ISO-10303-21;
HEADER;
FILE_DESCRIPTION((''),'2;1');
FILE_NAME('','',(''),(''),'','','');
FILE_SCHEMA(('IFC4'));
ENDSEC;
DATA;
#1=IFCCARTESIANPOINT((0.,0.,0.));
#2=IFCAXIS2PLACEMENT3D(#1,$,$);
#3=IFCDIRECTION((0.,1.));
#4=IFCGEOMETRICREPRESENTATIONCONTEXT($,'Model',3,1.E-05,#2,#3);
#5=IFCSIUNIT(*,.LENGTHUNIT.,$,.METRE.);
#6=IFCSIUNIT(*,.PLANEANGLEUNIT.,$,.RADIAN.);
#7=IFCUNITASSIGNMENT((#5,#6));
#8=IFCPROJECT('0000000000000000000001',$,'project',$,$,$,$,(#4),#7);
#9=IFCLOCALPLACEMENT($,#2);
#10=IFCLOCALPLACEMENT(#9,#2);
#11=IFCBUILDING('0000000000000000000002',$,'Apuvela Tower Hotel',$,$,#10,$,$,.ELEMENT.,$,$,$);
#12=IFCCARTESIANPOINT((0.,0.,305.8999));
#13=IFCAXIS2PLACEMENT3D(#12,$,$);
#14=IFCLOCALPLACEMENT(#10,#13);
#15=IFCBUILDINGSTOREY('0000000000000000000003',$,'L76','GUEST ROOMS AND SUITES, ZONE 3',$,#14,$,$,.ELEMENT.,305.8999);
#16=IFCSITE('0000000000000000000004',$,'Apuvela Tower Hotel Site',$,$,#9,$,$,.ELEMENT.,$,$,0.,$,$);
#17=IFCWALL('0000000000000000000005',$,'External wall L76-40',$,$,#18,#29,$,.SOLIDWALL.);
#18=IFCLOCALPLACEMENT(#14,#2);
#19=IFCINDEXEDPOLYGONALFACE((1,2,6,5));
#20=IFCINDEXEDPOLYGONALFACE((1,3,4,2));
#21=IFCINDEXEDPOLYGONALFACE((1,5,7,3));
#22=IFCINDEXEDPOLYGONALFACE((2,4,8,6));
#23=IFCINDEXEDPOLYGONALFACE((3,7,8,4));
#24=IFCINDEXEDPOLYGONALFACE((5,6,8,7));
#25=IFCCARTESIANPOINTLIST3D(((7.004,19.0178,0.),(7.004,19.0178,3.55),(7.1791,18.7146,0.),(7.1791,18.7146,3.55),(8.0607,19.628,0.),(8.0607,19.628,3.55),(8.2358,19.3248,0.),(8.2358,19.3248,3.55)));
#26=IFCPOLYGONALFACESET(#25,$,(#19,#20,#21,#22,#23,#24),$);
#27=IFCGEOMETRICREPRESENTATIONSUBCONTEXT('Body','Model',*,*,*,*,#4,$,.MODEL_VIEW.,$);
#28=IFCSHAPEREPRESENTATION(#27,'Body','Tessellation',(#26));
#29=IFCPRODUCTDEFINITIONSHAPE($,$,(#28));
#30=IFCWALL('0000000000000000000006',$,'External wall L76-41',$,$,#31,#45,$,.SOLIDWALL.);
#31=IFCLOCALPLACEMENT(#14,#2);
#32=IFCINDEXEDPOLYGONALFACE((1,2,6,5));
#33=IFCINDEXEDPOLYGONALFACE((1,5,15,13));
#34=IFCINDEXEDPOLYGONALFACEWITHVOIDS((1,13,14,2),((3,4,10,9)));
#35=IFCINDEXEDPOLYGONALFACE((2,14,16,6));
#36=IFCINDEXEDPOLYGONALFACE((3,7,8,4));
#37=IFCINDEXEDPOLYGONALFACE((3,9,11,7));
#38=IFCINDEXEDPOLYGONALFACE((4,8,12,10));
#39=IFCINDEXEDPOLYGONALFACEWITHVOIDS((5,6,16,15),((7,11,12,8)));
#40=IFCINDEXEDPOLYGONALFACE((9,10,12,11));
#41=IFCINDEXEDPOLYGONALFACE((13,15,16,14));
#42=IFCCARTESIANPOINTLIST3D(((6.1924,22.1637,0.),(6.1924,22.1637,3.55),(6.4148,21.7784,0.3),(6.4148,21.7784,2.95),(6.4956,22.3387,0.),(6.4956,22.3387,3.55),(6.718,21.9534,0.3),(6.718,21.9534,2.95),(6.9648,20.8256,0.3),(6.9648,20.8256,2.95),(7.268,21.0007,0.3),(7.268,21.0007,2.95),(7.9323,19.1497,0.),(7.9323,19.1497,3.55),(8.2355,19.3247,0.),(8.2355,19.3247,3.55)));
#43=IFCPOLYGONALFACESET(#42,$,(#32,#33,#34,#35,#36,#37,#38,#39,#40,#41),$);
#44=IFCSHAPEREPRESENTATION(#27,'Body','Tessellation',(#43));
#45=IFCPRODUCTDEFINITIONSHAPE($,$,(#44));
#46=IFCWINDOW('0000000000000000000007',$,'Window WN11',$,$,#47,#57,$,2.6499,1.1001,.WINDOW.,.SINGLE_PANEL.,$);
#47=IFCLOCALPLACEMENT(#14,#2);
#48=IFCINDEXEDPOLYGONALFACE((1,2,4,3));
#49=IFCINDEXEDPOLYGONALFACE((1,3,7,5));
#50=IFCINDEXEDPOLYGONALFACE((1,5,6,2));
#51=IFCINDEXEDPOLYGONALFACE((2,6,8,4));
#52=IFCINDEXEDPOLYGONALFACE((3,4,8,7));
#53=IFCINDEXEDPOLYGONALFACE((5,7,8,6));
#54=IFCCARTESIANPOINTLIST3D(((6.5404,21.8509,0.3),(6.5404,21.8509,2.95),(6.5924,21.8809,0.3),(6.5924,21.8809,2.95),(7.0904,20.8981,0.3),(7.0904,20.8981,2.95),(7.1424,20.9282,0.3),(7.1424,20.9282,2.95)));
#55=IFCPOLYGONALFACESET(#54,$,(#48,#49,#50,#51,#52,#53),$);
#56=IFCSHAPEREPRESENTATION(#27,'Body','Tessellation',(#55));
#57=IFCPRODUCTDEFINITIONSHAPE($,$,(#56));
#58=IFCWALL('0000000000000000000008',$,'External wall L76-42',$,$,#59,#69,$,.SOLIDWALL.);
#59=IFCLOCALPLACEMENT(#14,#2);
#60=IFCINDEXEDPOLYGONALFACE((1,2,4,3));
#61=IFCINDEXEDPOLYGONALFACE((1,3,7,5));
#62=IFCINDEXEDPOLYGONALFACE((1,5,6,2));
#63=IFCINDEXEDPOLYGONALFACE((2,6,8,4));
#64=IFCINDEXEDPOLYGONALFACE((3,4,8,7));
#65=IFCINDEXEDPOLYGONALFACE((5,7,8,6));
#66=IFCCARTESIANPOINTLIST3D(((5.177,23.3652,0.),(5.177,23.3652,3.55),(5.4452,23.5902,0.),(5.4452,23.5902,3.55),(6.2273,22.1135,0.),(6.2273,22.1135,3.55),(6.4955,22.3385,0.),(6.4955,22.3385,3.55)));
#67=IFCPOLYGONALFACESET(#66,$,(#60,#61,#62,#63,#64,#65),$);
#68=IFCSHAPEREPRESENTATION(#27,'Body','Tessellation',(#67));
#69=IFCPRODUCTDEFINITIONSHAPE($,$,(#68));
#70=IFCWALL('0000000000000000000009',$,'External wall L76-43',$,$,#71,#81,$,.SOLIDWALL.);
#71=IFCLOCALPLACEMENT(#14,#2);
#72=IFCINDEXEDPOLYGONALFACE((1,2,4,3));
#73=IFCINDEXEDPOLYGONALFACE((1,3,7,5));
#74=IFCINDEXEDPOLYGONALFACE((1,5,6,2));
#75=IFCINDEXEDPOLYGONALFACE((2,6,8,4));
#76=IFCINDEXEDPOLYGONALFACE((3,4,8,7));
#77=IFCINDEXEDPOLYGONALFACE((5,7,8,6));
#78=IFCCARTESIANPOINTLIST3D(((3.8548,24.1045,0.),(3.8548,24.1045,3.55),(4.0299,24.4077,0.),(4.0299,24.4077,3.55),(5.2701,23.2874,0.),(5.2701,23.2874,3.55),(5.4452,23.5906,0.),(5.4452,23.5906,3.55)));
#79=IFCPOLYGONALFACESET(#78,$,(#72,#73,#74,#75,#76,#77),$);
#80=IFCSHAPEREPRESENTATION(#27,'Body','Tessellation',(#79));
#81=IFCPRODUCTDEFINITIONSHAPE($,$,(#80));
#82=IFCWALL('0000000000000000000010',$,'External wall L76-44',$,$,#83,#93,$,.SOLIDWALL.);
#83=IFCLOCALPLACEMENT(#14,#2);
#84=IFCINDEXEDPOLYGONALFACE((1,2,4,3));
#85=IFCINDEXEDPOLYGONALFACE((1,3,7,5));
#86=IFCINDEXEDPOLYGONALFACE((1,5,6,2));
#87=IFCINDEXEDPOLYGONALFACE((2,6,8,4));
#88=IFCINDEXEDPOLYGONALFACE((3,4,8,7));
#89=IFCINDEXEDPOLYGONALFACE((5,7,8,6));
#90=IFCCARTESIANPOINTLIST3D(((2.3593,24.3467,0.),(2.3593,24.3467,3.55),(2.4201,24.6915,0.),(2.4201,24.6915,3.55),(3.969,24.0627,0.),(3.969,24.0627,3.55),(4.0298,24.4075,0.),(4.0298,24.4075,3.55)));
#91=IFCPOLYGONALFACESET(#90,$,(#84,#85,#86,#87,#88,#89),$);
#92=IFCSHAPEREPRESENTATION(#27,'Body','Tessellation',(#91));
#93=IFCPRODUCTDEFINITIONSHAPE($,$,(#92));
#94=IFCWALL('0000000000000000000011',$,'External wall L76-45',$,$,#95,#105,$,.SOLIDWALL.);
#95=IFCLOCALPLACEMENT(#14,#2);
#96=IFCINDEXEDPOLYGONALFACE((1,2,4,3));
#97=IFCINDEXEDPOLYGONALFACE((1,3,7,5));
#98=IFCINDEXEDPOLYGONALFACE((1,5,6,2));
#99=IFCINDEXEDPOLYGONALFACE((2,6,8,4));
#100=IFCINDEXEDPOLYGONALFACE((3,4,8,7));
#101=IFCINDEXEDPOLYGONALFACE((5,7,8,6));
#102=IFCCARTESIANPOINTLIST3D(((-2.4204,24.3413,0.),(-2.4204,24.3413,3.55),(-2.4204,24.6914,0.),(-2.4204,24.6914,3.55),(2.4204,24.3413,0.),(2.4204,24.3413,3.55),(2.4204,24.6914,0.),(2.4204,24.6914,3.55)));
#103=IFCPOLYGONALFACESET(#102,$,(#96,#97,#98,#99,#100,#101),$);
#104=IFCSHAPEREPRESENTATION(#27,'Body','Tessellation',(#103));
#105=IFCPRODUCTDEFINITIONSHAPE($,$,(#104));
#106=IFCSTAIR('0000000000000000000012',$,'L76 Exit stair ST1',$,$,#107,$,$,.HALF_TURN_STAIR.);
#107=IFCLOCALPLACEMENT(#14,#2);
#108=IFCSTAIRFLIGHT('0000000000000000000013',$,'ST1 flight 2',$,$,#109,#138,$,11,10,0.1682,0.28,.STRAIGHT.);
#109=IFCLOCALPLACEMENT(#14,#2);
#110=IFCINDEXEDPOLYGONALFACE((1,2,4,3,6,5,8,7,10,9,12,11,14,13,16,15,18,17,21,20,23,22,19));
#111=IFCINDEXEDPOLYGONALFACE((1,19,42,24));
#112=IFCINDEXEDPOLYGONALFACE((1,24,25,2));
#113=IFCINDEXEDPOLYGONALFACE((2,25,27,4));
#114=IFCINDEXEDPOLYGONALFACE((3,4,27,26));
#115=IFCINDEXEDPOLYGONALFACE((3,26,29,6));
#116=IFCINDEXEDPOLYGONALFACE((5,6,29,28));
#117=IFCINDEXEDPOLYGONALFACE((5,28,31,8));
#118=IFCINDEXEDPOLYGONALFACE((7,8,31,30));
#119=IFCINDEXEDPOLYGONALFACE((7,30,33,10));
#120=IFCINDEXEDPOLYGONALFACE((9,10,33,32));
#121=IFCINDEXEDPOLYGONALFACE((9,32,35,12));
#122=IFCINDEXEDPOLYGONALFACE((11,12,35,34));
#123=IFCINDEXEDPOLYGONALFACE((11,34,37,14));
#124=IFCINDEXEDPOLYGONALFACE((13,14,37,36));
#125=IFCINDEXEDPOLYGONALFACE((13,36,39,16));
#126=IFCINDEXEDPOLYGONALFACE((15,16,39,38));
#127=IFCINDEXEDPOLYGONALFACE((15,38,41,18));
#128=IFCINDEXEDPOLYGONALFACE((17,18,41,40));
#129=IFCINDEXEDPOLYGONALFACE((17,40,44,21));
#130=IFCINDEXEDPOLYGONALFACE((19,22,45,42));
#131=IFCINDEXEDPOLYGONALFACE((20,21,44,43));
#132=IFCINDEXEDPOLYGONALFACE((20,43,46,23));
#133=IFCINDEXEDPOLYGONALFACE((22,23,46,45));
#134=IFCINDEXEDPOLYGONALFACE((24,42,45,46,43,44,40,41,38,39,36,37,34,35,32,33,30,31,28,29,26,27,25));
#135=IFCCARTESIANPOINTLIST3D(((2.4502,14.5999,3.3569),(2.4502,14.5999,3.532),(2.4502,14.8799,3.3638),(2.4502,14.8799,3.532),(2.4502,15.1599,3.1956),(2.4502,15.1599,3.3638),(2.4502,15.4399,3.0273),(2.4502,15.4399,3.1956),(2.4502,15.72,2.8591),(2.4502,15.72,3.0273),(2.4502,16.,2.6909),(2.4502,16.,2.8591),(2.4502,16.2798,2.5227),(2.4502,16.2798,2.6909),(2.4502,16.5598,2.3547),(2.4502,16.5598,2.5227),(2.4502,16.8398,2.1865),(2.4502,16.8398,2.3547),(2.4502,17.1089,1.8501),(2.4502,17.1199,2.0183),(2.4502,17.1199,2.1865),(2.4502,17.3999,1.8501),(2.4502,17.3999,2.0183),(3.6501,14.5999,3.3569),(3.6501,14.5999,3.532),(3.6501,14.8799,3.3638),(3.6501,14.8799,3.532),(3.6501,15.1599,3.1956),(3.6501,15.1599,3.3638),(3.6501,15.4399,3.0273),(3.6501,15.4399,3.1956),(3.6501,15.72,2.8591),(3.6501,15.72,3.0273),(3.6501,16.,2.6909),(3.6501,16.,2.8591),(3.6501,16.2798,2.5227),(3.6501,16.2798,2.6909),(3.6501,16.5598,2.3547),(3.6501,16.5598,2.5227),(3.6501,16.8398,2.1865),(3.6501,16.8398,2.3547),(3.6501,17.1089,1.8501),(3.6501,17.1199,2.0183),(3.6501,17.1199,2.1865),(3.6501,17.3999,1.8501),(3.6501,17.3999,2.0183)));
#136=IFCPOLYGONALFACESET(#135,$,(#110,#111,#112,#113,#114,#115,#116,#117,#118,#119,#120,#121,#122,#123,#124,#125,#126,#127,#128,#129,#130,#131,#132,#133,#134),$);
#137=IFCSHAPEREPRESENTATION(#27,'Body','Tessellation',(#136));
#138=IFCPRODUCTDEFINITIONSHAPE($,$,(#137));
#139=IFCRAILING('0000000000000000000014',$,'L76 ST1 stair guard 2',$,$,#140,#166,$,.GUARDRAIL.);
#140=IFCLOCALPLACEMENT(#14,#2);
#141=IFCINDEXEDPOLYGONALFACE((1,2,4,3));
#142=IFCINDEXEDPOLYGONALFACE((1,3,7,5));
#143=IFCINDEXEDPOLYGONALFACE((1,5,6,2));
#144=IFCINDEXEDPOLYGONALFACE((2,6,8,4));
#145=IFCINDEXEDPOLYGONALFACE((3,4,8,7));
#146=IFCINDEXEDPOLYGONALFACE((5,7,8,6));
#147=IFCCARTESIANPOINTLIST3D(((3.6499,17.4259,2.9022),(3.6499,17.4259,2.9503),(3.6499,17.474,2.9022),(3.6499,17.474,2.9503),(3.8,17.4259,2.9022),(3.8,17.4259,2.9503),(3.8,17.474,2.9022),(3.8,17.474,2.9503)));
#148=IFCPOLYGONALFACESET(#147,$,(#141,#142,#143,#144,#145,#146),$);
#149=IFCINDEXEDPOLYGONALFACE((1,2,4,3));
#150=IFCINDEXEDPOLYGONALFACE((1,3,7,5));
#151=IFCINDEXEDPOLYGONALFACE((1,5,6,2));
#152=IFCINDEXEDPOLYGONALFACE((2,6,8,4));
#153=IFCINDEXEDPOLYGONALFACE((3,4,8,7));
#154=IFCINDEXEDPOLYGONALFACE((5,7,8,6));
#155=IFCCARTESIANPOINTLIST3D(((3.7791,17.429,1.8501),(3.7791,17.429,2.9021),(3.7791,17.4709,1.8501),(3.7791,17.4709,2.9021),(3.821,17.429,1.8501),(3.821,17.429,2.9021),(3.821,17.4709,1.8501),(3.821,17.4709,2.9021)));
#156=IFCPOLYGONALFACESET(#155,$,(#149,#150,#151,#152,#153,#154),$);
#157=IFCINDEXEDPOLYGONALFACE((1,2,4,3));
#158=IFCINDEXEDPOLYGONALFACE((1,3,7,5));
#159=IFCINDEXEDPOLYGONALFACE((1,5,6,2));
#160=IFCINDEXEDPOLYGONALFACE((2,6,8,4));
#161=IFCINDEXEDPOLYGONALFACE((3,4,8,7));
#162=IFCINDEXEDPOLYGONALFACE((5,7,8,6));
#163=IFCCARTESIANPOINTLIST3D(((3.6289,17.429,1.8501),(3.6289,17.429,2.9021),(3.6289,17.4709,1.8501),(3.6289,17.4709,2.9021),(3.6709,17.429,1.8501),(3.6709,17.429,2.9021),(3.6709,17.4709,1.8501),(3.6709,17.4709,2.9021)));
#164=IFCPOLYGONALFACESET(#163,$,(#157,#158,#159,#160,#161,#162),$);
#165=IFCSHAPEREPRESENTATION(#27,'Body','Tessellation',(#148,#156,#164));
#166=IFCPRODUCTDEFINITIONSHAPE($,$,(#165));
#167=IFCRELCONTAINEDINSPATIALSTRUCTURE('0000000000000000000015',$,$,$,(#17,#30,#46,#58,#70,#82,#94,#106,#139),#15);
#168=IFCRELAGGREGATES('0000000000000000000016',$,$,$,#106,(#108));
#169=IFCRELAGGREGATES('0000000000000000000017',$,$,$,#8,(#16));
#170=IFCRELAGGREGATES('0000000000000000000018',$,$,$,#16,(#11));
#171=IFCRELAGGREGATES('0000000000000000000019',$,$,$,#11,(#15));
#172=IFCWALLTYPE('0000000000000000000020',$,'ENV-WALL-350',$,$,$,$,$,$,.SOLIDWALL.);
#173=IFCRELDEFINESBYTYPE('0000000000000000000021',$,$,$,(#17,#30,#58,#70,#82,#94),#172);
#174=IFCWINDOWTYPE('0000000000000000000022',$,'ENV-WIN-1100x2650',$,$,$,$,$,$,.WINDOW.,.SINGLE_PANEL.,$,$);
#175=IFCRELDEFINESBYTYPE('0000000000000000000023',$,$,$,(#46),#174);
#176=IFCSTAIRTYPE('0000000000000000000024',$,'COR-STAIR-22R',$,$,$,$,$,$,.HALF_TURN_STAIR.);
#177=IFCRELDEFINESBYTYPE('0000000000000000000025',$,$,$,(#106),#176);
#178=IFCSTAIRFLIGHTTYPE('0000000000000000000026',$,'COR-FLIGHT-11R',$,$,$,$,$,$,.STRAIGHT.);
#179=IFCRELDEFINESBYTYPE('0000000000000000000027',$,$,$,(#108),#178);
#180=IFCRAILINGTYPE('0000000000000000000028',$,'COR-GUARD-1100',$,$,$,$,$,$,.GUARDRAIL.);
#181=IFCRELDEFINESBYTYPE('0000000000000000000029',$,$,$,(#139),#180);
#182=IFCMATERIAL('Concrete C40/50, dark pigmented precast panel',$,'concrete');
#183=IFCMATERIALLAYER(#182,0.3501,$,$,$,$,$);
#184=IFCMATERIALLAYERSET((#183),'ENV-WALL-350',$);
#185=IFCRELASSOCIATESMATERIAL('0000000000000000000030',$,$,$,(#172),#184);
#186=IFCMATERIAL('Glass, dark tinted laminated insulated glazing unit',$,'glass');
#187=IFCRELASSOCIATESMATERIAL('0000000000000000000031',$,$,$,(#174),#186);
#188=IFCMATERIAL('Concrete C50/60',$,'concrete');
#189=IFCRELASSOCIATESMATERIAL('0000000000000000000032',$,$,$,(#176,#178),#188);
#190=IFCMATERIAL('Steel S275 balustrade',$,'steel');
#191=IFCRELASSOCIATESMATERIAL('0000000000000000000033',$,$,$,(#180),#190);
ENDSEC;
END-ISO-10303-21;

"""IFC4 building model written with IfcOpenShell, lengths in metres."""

from ifc_helpers import new_model, si_unit, direction, frame, frame_2d, origin, origin_2d, place, context, subcontext, project, spatial, polyline, rectangle, outline, extrude, material, layer, layer_set, type_object, element, fill, aggregate, save


model = new_model("IFC4")

# Units and contexts
model_context = context("Model", 3, precision=1e-05, world=origin(), true_north=direction((0.0, 1.0)))
body_context = subcontext(model_context, "Body", "Model", "MODEL_VIEW")
ifc_project = project(units=[si_unit("LENGTHUNIT", "METRE"), si_unit("PLANEANGLEUNIT", "RADIAN")], contexts=[model_context])

# Site, building, storey
site_placement = place(None, origin())
site = spatial("IfcSite", under=ifc_project, at=site_placement, Name="Apuvela Tower Hotel Site", CompositionType="ELEMENT", RefElevation=0.0)
building_placement = place(site_placement, origin())
building = spatial("IfcBuilding", under=site, at=building_placement, Name="Apuvela Tower Hotel", CompositionType="ELEMENT")
storey_placement = place(building_placement, frame((0.0, 0.0, 305.8999)))
storey = spatial("IfcBuildingStorey", under=building, at=storey_placement, Name="L76", Description="GUEST ROOMS AND SUITES, ZONE 3", CompositionType="ELEMENT", Elevation=305.8999)

# Wall
ifc_material_1 = material(Name="Concrete C50/60", Category="concrete")
ifc_material_2 = material(Name="Concrete C40/50, dark pigmented precast panel", Category="concrete")
ifc_layer_1 = layer(ifc_material_2, 0.3501)
ifc_layer_set_1 = layer_set([ifc_layer_1], Name="ENV-WALL-350")
wall_type_1 = type_object("IfcWallType", Name="ENV-WALL-350", PredefinedType="SOLIDWALL", material=ifc_layer_set_1)
wall_1_placement = place(storey_placement, frame((7.0916, 18.8662, 0.0), z_axis=(0.0, 0.0, 1.0), x_axis=(0.866006, 0.500034, 0.0)))
element("IfcWall", 1, at=wall_1_placement, inside=storey, type_object=wall_type_1, Name="External wall L76-40", PredefinedType="SOLIDWALL", context=body_context, shape_type="SweptSolid", body=[
    extrude(rectangle(XDim=1.2202, YDim=0.3501, at=frame_2d((0.6101, 0.0))), origin(), (0.0, 0.0, 1.0), 3.55),
])

# Wall, opening, window
wall_2_placement = place(storey_placement, frame((8.084, 19.2371, 0.0), z_axis=(0.0, 0.0, 1.0), x_axis=(-0.499949, 0.866055, 0.0)))
wall_2 = element("IfcWall", 2, at=wall_2_placement, inside=storey, type_object=wall_type_1, Name="External wall L76-41", PredefinedType="SOLIDWALL", context=body_context, shape_type="SweptSolid", body=[
    extrude(rectangle(XDim=3.4802, YDim=0.3501, at=frame_2d((1.7402, 0.0))), origin(), (0.0, 0.0, 1.0), 3.55),
])
opening_1_placement = place(wall_2_placement, frame((1.9353, 0.0, 0.3)))
opening_1 = element("IfcOpeningElement", 3, at=opening_1_placement, cuts=wall_2, PredefinedType="OPENING", context=body_context, shape_type="SweptSolid", body=[
    extrude(rectangle(XDim=1.1001, YDim=2.6499, at=frame_2d((0.55, 1.325))), frame((0.0, 0.1851, 0.0), z_axis=(0.0, -1.0, 0.0), x_axis=(1.0, 0.0, 0.0)), (0.0, 0.0, 1.0), 0.3701),
])
ifc_material_3 = material(Name="Glass, dark tinted laminated insulated glazing unit", Category="glass")
window_type = type_object("IfcWindowType", Name="ENV-WIN-1100x2650", PartitioningType="SINGLE_PANEL", PredefinedType="WINDOW", material=ifc_material_3)
window_placement = place(opening_1_placement, origin())
window = element("IfcWindow", 4, at=window_placement, inside=storey, type_object=window_type, Name="Window WN11", OverallHeight=2.6499, OverallWidth=1.1001, PartitioningType="SINGLE_PANEL", PredefinedType="WINDOW", context=body_context, shape_type="SweptSolid", body=[
    extrude(rectangle(XDim=1.1001, YDim=2.6499, at=frame_2d((0.55, 1.325))), frame((0.0, 0.03, 0.0), z_axis=(0.0, -1.0, 0.0), x_axis=(1.0, 0.0, 0.0)), (0.0, 0.0, 1.0), 0.0601),
])
fill(opening_1, window)

# Walls
wall_3_placement = place(storey_placement, frame((6.3613, 22.2261, 0.0), z_axis=(0.0, 0.0, 1.0), x_axis=(-0.642782, 0.766049, 0.0)))
element("IfcWall", 5, at=wall_3_placement, inside=storey, type_object=wall_type_1, Name="External wall L76-42", PredefinedType="SOLIDWALL", context=body_context, shape_type="SweptSolid", body=[
    extrude(rectangle(XDim=1.634, YDim=0.3501, at=frame_2d((0.8169, 0.0))), origin(), (0.0, 0.0, 1.0), 3.55),
])
wall_4_placement = place(storey_placement, frame((5.3577, 23.439, 0.0), z_axis=(0.0, 0.0, 1.0), x_axis=(-0.866019, 0.500011, 0.0)))
element("IfcWall", 6, at=wall_4_placement, inside=storey, type_object=wall_type_1, Name="External wall L76-43", PredefinedType="SOLIDWALL", context=body_context, shape_type="SweptSolid", body=[
    extrude(rectangle(XDim=1.6343, YDim=0.3501, at=frame_2d((0.8171, 0.0))), origin(), (0.0, 0.0, 1.0), 3.55),
])
wall_5_placement = place(storey_placement, frame((3.9995, 24.2351, 0.0), z_axis=(0.0, 0.0, 1.0), x_axis=(-0.984796, 0.173717, 0.0)))
element("IfcWall", 7, at=wall_5_placement, inside=storey, type_object=wall_type_1, Name="External wall L76-44", PredefinedType="SOLIDWALL", context=body_context, shape_type="SweptSolid", body=[
    extrude(rectangle(XDim=1.6345, YDim=0.3501, at=frame_2d((0.8174, 0.0))), origin(), (0.0, 0.0, 1.0), 3.55),
])
wall_6_placement = place(storey_placement, frame((2.4204, 24.5164, 0.0), z_axis=(0.0, 0.0, 1.0), x_axis=(-1.0, 0.0, 0.0)))
element("IfcWall", 8, at=wall_6_placement, inside=storey, type_object=wall_type_1, Name="External wall L76-45", PredefinedType="SOLIDWALL", context=body_context, shape_type="SweptSolid", body=[
    extrude(rectangle(XDim=4.8408, YDim=0.3501, at=frame_2d((2.4204, 0.0))), origin(), (0.0, 0.0, 1.0), 3.55),
])

# Stair, stair flight
stair_type = type_object("IfcStairType", Name="COR-STAIR-22R", PredefinedType="HALF_TURN_STAIR", material=ifc_material_1)
stair_placement = place(storey_placement, origin())
stair = element("IfcStair", 9, at=stair_placement, inside=storey, type_object=stair_type, Name="L76 Exit stair ST1", PredefinedType="HALF_TURN_STAIR")
stair_flight_type = type_object("IfcStairFlightType", Name="COR-FLIGHT-11R", PredefinedType="STRAIGHT", material=ifc_material_1)
stair_flight_placement = place(storey_placement, frame((3.05, 17.3999, 1.8501), z_axis=(0.0, 0.0, 1.0), x_axis=(0.0, -1.0, 0.0)))
stair_flight = element("IfcStairFlight", 10, at=stair_flight_placement, type_object=stair_flight_type, Name="ST1 flight 2", NumberOfRisers=11, NumberOfTreads=10, PredefinedType="STRAIGHT", RiserHeight=0.1682, TreadLength=0.28, context=body_context, shape_type="SweptSolid", body=[
    extrude(outline(polyline([(0.0, 0.0), (0.0, 0.1682), (0.28, 0.1682), (0.28, 0.3364), (0.5601, 0.3364), (0.5601, 0.5046), (0.8401, 0.5046), (0.8401, 0.6726), (1.1201, 0.6726), (1.1201, 0.8408), (1.3999, 0.8408), (1.3999, 1.009), (1.6799, 1.009), (1.6799, 1.1772), (1.96, 1.1772), (1.96, 1.3455), (2.24, 1.3455), (2.24, 1.5137), (2.52, 1.5137), (2.52, 1.6819), (2.8, 1.6819), (2.8, 1.8501), (2.8, 1.5068), (0.291, 0.0), (0.0, 0.0)])), frame((0.0, 0.6001, 0.0), z_axis=(0.0, -1.0, 0.0), x_axis=(1.0, 0.0, 0.0)), (0.0, 0.0, 1.0), 1.2),
])
aggregate(stair, [stair_flight])

# Railing
ifc_material_4 = material(Name="Steel S275 balustrade", Category="steel")
railing_type_1 = type_object("IfcRailingType", Name="COR-GUARD-1100", PredefinedType="GUARDRAIL", material=ifc_material_4)
railing_1_placement = place(storey_placement, frame((3.8, 17.45, 1.8501)))
element("IfcRailing", 11, at=railing_1_placement, inside=storey, type_object=railing_type_1, Name="L76 ST1 stair guard 2", PredefinedType="GUARDRAIL", context=body_context, shape_type="SweptSolid", body=[
    extrude(rectangle(XDim=0.0481, YDim=0.0481, at=origin_2d()), frame((0.0, 0.0, 1.0762), z_axis=(-1.0, 0.0, 0.0), x_axis=(0.0, -1.0, 0.0)), (0.0, 0.0, 1.0), 0.1501),
    extrude(rectangle(XDim=0.042, YDim=0.042, at=origin_2d()), origin(), (0.0, 0.0, 1.0), 1.052),
    extrude(rectangle(XDim=0.042, YDim=0.042, at=origin_2d()), frame((-0.1501, 0.0, 0.0)), (0.0, 0.0, 1.0), 1.052),
])

save(model, "model.ifc")
